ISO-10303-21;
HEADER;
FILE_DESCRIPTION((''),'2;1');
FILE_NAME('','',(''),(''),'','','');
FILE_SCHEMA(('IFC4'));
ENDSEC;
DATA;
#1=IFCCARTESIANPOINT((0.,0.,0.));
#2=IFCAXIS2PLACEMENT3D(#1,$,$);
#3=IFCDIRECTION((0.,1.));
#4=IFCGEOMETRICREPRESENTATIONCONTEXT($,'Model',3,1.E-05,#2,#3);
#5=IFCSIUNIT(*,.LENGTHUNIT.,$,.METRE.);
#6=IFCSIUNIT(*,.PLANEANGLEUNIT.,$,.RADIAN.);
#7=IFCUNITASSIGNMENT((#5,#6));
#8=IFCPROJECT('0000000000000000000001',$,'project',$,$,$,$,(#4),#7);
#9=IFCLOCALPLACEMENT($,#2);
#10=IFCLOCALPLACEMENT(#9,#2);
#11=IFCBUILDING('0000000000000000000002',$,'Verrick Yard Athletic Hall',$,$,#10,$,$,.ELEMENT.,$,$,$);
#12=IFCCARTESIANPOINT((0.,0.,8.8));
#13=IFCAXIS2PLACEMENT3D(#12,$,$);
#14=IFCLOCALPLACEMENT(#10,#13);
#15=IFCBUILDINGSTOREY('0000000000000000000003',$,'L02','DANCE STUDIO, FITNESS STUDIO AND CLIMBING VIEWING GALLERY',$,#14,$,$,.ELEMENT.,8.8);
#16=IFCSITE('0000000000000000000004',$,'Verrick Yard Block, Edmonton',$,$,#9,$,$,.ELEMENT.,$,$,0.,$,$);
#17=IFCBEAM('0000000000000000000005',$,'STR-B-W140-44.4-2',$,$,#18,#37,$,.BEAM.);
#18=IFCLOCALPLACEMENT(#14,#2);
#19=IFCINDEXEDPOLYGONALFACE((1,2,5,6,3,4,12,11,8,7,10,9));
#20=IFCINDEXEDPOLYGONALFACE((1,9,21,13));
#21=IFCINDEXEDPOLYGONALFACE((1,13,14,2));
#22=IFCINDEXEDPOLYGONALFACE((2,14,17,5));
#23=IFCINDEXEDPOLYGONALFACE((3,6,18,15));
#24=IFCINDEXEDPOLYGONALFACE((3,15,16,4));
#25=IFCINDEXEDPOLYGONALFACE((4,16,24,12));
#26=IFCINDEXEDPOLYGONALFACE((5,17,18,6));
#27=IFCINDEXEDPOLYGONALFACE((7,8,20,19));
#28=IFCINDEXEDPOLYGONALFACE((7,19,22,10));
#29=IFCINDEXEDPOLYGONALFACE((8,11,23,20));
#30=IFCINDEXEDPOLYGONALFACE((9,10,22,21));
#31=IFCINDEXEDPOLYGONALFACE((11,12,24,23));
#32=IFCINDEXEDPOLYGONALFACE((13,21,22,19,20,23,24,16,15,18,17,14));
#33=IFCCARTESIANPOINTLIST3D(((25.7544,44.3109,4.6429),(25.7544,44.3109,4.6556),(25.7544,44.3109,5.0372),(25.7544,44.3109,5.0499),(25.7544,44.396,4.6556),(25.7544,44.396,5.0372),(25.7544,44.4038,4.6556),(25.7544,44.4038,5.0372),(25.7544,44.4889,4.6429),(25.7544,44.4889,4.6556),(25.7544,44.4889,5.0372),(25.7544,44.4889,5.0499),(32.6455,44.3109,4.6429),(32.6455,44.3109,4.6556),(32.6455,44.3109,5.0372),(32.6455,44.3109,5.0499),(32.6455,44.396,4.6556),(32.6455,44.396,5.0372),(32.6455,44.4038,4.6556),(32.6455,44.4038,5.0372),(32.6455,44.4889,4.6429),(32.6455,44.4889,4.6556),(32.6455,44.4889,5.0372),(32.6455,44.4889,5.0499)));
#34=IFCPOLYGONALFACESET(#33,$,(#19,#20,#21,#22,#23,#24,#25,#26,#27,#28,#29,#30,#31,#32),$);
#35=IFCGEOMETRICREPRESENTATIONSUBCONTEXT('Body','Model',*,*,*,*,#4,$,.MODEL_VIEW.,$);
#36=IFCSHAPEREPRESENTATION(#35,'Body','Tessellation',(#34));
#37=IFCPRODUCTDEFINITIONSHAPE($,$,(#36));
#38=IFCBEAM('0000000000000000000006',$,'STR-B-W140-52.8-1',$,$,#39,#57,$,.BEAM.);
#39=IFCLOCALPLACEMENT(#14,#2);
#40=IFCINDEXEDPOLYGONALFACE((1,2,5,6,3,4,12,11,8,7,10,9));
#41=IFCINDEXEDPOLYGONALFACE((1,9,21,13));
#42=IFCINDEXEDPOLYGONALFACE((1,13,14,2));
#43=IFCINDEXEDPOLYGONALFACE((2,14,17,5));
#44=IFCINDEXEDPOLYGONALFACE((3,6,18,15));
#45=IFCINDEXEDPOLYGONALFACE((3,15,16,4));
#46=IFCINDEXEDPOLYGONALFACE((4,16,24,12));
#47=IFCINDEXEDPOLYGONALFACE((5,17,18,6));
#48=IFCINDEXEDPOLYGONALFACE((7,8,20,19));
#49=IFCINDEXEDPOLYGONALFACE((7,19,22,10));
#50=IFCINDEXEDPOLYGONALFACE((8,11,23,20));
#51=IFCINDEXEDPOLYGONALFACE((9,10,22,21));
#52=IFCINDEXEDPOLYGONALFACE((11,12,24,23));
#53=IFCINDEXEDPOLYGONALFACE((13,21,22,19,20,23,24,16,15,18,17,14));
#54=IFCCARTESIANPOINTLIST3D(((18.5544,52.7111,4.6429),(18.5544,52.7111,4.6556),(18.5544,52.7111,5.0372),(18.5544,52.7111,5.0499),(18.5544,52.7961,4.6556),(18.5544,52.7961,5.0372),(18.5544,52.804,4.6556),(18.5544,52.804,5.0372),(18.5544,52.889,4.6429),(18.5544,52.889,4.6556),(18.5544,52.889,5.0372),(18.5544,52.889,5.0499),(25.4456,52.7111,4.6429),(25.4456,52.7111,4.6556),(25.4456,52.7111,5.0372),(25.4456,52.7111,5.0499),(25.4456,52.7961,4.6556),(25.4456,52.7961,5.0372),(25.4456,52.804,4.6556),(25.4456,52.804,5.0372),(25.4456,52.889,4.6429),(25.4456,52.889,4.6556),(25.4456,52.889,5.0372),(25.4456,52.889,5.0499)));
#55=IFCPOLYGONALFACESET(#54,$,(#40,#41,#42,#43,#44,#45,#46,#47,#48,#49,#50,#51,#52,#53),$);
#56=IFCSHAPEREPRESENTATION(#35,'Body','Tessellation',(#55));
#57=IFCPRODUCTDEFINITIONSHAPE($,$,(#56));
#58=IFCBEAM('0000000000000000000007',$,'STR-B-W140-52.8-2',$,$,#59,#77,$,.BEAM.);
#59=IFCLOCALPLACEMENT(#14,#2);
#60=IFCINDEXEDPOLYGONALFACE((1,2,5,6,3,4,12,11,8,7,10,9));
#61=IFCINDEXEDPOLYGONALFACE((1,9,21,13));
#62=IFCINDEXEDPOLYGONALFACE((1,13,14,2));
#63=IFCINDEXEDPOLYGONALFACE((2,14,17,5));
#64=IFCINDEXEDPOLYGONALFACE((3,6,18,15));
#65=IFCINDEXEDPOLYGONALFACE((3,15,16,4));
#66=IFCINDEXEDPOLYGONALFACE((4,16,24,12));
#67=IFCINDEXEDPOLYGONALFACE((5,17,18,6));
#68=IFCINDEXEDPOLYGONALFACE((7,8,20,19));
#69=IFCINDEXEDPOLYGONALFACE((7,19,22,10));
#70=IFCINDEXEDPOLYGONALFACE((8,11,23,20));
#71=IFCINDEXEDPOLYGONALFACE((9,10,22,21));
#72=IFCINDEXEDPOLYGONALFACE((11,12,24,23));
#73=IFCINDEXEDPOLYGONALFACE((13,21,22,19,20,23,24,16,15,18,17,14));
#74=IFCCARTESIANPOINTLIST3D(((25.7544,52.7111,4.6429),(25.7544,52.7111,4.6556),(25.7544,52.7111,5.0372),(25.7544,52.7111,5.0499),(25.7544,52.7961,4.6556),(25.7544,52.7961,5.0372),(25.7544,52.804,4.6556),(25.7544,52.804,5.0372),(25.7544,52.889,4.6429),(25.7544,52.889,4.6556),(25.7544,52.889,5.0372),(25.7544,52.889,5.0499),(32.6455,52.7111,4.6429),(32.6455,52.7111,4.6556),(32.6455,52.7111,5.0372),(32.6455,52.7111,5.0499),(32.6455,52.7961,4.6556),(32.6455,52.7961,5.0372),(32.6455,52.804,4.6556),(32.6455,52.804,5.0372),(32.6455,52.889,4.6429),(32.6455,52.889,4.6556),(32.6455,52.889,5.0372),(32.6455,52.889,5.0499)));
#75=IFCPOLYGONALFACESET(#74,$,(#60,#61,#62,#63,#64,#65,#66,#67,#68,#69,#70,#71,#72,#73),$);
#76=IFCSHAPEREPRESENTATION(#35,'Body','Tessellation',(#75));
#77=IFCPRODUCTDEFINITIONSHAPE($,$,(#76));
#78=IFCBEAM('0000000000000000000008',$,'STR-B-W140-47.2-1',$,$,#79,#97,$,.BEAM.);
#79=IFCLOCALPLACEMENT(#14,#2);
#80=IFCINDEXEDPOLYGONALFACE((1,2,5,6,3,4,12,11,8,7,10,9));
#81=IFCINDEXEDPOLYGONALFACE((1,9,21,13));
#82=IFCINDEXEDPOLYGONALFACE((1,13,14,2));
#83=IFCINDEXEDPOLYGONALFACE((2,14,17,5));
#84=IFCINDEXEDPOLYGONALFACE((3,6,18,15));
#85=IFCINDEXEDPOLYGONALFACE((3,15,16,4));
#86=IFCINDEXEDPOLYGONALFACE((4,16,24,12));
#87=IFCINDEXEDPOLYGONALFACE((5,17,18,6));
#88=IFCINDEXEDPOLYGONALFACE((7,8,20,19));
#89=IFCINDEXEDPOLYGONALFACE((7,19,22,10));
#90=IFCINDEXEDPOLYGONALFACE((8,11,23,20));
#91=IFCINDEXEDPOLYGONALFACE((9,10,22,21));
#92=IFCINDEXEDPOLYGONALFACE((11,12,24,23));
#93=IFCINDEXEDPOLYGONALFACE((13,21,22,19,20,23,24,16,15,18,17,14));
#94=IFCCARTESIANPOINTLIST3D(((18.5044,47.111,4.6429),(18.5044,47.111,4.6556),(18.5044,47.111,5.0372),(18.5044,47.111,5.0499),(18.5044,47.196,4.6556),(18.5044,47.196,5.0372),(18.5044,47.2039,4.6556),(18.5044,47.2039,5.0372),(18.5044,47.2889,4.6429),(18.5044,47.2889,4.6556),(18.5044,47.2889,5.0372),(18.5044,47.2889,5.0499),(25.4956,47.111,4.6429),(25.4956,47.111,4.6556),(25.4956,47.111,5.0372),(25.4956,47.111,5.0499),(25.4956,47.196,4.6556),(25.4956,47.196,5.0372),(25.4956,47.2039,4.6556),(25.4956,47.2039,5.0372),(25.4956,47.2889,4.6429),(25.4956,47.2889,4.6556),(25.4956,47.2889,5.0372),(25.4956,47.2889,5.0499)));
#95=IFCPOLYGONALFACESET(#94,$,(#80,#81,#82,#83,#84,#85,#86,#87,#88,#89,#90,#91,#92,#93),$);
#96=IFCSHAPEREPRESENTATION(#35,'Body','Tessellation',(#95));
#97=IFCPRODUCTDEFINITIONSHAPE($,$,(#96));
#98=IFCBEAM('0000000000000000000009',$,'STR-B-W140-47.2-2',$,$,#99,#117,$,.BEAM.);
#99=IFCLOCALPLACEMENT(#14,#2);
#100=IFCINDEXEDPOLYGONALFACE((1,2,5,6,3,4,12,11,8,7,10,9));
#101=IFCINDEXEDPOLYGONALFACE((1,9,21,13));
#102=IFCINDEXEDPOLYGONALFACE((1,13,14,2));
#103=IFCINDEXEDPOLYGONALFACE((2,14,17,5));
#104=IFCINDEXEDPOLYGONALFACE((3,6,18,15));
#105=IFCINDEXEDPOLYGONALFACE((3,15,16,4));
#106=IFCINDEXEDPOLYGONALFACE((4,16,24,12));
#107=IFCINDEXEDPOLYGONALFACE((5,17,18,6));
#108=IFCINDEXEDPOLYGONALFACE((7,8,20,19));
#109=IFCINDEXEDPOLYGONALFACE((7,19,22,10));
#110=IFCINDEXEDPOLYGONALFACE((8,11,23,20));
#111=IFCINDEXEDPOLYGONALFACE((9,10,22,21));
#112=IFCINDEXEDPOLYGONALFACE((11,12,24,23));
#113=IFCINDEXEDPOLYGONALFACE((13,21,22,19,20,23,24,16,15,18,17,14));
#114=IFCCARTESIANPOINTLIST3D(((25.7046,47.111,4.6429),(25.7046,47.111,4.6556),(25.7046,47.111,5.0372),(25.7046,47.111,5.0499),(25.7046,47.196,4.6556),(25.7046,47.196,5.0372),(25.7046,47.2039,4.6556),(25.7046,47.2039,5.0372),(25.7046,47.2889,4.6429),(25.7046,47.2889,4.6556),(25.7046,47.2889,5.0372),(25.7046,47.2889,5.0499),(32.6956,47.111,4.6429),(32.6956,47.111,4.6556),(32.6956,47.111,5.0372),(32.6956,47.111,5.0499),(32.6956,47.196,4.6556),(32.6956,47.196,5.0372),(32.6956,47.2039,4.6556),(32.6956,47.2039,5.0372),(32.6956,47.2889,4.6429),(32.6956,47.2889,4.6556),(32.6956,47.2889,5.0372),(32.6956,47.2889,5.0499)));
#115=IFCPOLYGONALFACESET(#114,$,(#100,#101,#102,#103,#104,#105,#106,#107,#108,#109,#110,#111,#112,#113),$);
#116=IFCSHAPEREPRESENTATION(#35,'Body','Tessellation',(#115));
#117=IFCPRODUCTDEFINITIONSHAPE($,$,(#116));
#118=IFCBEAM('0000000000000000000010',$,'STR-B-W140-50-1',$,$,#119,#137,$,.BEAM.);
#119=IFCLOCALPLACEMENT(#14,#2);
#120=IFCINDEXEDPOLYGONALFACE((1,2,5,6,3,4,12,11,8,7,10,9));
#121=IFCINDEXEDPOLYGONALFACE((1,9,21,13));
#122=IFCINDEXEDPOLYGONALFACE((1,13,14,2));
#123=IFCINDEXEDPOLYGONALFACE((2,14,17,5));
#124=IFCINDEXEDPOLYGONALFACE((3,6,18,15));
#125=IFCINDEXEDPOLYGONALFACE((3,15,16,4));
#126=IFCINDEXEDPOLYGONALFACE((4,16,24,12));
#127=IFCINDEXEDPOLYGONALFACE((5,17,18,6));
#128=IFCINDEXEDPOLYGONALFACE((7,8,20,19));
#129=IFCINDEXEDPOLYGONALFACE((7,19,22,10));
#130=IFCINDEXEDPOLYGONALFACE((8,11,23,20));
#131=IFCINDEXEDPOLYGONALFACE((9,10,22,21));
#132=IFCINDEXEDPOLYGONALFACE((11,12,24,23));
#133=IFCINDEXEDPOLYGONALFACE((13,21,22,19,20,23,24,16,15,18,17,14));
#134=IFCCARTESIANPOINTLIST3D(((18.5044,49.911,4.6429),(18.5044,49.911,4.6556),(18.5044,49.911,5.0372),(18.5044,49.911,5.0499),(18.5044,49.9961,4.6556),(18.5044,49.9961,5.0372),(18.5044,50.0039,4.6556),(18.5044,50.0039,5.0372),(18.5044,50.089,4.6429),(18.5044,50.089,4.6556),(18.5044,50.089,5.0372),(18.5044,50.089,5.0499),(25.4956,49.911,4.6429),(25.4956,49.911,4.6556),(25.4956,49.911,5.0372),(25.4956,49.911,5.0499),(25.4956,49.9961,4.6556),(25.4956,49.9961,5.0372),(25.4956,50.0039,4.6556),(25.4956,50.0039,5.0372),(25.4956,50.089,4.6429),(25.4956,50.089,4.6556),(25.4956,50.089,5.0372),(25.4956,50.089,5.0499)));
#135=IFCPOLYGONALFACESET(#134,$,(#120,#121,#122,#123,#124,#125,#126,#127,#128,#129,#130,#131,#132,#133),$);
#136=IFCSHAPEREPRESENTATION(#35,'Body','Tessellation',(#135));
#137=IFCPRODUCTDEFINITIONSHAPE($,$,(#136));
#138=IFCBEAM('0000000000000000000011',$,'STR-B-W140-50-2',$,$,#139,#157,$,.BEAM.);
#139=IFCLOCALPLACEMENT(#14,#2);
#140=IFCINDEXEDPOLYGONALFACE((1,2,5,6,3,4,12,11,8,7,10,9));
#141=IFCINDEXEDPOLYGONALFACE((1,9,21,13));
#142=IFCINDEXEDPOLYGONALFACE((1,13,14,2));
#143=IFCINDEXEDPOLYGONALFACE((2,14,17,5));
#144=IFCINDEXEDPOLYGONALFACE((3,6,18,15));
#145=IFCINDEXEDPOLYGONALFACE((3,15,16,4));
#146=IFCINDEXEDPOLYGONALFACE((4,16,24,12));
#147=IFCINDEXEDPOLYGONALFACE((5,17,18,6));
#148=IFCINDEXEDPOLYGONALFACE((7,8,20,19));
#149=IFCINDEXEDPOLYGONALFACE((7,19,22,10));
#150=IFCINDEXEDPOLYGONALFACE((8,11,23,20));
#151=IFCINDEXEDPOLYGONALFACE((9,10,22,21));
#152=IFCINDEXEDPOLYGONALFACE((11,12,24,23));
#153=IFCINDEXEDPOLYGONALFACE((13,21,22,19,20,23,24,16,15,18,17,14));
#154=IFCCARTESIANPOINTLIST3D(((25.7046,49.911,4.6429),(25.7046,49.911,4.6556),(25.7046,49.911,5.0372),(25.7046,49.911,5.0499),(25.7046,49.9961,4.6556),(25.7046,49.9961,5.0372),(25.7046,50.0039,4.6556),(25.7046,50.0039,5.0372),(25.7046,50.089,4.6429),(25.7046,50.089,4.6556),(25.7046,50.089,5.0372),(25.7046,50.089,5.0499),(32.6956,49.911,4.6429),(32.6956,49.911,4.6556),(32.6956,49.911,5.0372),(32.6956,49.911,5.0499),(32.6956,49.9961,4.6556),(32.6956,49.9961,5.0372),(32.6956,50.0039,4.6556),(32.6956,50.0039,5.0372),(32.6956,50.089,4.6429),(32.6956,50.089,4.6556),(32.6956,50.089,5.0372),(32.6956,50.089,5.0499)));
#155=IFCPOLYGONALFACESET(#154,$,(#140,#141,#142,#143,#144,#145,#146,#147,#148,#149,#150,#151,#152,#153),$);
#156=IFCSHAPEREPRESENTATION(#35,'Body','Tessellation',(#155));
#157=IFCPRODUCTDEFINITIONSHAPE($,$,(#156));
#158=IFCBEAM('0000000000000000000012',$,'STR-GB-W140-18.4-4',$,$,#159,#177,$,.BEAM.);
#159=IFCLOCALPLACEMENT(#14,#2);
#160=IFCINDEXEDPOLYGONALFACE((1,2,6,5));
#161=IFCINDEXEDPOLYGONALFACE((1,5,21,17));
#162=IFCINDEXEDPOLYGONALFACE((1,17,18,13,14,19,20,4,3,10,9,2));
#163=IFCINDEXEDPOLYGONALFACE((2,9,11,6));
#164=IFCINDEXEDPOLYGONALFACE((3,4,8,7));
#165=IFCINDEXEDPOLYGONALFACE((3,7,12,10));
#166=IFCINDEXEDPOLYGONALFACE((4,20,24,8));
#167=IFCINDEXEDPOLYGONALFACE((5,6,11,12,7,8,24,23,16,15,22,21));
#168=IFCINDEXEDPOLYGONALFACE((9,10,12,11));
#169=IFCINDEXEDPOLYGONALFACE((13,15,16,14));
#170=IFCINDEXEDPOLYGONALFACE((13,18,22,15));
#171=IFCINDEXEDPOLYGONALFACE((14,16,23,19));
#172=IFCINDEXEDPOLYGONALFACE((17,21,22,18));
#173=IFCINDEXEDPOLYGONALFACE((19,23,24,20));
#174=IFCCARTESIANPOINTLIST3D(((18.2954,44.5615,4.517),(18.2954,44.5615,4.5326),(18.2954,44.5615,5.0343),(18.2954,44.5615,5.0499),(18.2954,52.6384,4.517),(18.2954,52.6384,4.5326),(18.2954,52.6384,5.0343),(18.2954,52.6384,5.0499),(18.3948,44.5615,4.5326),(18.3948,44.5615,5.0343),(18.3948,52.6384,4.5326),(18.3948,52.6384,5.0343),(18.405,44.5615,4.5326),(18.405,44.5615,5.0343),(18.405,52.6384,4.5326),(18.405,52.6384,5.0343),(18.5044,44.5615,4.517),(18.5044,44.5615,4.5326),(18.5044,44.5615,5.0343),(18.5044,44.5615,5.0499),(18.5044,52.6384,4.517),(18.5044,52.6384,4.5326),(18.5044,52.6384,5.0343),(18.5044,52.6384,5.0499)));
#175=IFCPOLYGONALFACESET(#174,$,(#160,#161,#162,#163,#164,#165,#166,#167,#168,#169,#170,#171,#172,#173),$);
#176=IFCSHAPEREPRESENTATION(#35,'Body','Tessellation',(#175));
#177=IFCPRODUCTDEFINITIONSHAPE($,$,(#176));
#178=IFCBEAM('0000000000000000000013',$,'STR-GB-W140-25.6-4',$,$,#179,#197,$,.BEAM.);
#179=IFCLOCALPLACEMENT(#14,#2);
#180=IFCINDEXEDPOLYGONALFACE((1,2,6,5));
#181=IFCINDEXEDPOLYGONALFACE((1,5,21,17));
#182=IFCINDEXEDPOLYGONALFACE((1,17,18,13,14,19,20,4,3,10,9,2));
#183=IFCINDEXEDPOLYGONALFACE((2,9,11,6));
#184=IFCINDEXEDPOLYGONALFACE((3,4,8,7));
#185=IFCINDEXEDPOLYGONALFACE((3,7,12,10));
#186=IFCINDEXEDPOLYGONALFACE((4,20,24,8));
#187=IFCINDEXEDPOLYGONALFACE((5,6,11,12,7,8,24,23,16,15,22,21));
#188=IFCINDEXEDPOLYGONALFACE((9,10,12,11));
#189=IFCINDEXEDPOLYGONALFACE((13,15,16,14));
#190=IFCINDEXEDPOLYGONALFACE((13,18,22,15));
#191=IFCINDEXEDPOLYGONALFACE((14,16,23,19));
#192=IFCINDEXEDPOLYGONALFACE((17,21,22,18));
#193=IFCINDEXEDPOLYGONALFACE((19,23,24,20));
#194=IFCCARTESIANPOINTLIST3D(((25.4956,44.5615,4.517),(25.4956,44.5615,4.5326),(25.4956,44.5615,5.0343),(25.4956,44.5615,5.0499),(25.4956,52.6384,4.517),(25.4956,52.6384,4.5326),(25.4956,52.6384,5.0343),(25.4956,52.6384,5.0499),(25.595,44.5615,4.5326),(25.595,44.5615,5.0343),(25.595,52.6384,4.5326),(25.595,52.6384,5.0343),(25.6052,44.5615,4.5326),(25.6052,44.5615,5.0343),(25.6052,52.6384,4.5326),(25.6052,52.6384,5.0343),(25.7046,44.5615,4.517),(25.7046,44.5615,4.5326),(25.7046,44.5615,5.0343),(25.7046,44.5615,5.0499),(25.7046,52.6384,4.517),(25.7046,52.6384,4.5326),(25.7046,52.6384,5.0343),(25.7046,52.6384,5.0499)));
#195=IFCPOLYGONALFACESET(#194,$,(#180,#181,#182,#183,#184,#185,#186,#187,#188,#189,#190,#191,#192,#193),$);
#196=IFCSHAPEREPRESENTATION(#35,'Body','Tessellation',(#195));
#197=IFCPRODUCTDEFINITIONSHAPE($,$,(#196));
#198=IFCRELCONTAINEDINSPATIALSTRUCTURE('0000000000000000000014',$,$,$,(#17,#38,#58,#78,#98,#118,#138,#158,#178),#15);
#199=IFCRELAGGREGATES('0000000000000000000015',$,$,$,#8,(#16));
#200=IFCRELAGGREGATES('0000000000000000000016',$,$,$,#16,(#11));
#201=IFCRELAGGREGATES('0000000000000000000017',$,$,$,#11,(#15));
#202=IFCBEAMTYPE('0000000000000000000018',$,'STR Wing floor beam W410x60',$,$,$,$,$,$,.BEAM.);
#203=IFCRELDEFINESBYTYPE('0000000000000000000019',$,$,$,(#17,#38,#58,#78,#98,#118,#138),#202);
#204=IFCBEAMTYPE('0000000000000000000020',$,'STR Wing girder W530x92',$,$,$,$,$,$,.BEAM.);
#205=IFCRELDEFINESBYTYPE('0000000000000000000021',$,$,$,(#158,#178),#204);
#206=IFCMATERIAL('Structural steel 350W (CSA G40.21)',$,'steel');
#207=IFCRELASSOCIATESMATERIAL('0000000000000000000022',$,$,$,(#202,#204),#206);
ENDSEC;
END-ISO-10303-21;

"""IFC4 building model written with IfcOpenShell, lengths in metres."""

from ifc_helpers import new_model, si_unit, direction, frame, origin, origin_2d, place, context, subcontext, project, spatial, i_section, extrude, material, material_profile, profile_set, type_object, element, save


model = new_model("IFC4")

# Units and contexts
model_context = context("Model", 3, precision=1e-05, world=origin(), true_north=direction((0.0, 1.0)))
body_context = subcontext(model_context, "Body", "Model", "MODEL_VIEW")
ifc_project = project(units=[si_unit("LENGTHUNIT", "METRE"), si_unit("PLANEANGLEUNIT", "RADIAN")], contexts=[model_context])

# Site, building, storey
site_placement = place(None, origin())
site = spatial("IfcSite", under=ifc_project, at=site_placement, Name="Verrick Yard Block, Edmonton", CompositionType="ELEMENT", RefElevation=0.0)
building_placement = place(site_placement, origin())
building = spatial("IfcBuilding", under=site, at=building_placement, Name="Verrick Yard Athletic Hall", CompositionType="ELEMENT")
storey_placement = place(building_placement, frame((0.0, 0.0, 8.8)))
storey = spatial("IfcBuildingStorey", under=building, at=storey_placement, Name="L02", Description="DANCE STUDIO, FITNESS STUDIO AND CLIMBING VIEWING GALLERY", CompositionType="ELEMENT", Elevation=8.8)

# Shared definitions
ifc_material_1 = material(Name="Structural steel 350W (CSA G40.21)", Category="steel")

# Beams
ifc_material_profile_1 = material_profile(ifc_material_1, i_section(OverallWidth=0.178, OverallDepth=0.407, WebThickness=0.0078, FlangeThickness=0.0127, at=origin_2d()), Name="W410x60")
ifc_profile_set_1 = profile_set([ifc_material_profile_1], Name="Structural steel 350W (CSA G40.21)")
beam_type_1 = type_object("IfcBeamType", Name="STR Wing floor beam W410x60", PredefinedType="BEAM", material=ifc_profile_set_1)
for number, where, z_axis, x_axis, name in (
    (1, (25.7544, 44.3999, 4.8464), (1.0, 0.0, 0.0), (0.0, 1.0, 0.0), "STR-B-W140-44.4-2"),
    (2, (18.5544, 52.8, 4.8464), (1.0, 0.0, 0.0), (0.0, 1.0, 0.0), "STR-B-W140-52.8-1"),
    (3, (25.7544, 52.8, 4.8464), (1.0, 0.0, 0.0), (0.0, 1.0, 0.0), "STR-B-W140-52.8-2"),
):
    element("IfcBeam", number, at=place(storey_placement, frame(where, z_axis=z_axis, x_axis=x_axis)), inside=storey, type_object=beam_type_1, Name=name, PredefinedType="BEAM", context=body_context, shape_type="SweptSolid", body=[
        extrude(i_section(OverallWidth=0.178, OverallDepth=0.407, WebThickness=0.0078, FlangeThickness=0.0127, at=origin_2d()), origin(), (0.0, 0.0, 1.0), 6.8911),
    ])
beam_1_placement = place(storey_placement, frame((18.5044, 47.2, 4.8464), z_axis=(1.0, 0.0, 0.0), x_axis=(0.0, 1.0, 0.0)))
element("IfcBeam", 4, at=beam_1_placement, inside=storey, type_object=beam_type_1, Name="STR-B-W140-47.2-1", PredefinedType="BEAM", context=body_context, shape_type="SweptSolid", body=[
    extrude(i_section(OverallWidth=0.178, OverallDepth=0.407, WebThickness=0.0078, FlangeThickness=0.0127, at=origin_2d()), origin(), (0.0, 0.0, 1.0), 6.9912),
])
beam_2_placement = place(storey_placement, frame((25.7046, 47.2, 4.8464), z_axis=(1.0, 0.0, 0.0), x_axis=(0.0, 1.0, 0.0)))
element("IfcBeam", 5, at=beam_2_placement, inside=storey, type_object=beam_type_1, Name="STR-B-W140-47.2-2", PredefinedType="BEAM", context=body_context, shape_type="SweptSolid", body=[
    extrude(i_section(OverallWidth=0.178, OverallDepth=0.407, WebThickness=0.0078, FlangeThickness=0.0127, at=origin_2d()), origin(), (0.0, 0.0, 1.0), 6.991),
])
beam_3_placement = place(storey_placement, frame((18.5044, 50.0, 4.8464), z_axis=(1.0, 0.0, 0.0), x_axis=(0.0, 1.0, 0.0)))
element("IfcBeam", 6, at=beam_3_placement, inside=storey, type_object=beam_type_1, Name="STR-B-W140-50-1", PredefinedType="BEAM", context=body_context, shape_type="SweptSolid", body=[
    extrude(i_section(OverallWidth=0.178, OverallDepth=0.407, WebThickness=0.0078, FlangeThickness=0.0127, at=origin_2d()), origin(), (0.0, 0.0, 1.0), 6.9912),
])
beam_4_placement = place(storey_placement, frame((25.7046, 50.0, 4.8464), z_axis=(1.0, 0.0, 0.0), x_axis=(0.0, 1.0, 0.0)))
element("IfcBeam", 7, at=beam_4_placement, inside=storey, type_object=beam_type_1, Name="STR-B-W140-50-2", PredefinedType="BEAM", context=body_context, shape_type="SweptSolid", body=[
    extrude(i_section(OverallWidth=0.178, OverallDepth=0.407, WebThickness=0.0078, FlangeThickness=0.0127, at=origin_2d()), origin(), (0.0, 0.0, 1.0), 6.991),
])
ifc_material_profile_2 = material_profile(ifc_material_1, i_section(OverallWidth=0.209, OverallDepth=0.533, WebThickness=0.0103, FlangeThickness=0.0156, at=origin_2d()), Name="W530x92")
ifc_profile_set_2 = profile_set([ifc_material_profile_2], Name="Structural steel 350W (CSA G40.21)")
beam_type_2 = type_object("IfcBeamType", Name="STR Wing girder W530x92", PredefinedType="BEAM", material=ifc_profile_set_2)
for number, where, z_axis, x_axis, name in (
    (8, (18.3999, 44.5615, 4.7834), (0.0, 1.0, 0.0), (-1.0, 0.0, 0.0), "STR-GB-W140-18.4-4"),
    (9, (25.6001, 44.5615, 4.7834), (0.0, 1.0, 0.0), (-1.0, 0.0, 0.0), "STR-GB-W140-25.6-4"),
):
    element("IfcBeam", number, at=place(storey_placement, frame(where, z_axis=z_axis, x_axis=x_axis)), inside=storey, type_object=beam_type_2, Name=name, PredefinedType="BEAM", context=body_context, shape_type="SweptSolid", body=[
        extrude(i_section(OverallWidth=0.209, OverallDepth=0.533, WebThickness=0.0103, FlangeThickness=0.0156, at=origin_2d()), origin(), (0.0, 0.0, 1.0), 8.0769),
    ])

save(model, "model.ifc")
